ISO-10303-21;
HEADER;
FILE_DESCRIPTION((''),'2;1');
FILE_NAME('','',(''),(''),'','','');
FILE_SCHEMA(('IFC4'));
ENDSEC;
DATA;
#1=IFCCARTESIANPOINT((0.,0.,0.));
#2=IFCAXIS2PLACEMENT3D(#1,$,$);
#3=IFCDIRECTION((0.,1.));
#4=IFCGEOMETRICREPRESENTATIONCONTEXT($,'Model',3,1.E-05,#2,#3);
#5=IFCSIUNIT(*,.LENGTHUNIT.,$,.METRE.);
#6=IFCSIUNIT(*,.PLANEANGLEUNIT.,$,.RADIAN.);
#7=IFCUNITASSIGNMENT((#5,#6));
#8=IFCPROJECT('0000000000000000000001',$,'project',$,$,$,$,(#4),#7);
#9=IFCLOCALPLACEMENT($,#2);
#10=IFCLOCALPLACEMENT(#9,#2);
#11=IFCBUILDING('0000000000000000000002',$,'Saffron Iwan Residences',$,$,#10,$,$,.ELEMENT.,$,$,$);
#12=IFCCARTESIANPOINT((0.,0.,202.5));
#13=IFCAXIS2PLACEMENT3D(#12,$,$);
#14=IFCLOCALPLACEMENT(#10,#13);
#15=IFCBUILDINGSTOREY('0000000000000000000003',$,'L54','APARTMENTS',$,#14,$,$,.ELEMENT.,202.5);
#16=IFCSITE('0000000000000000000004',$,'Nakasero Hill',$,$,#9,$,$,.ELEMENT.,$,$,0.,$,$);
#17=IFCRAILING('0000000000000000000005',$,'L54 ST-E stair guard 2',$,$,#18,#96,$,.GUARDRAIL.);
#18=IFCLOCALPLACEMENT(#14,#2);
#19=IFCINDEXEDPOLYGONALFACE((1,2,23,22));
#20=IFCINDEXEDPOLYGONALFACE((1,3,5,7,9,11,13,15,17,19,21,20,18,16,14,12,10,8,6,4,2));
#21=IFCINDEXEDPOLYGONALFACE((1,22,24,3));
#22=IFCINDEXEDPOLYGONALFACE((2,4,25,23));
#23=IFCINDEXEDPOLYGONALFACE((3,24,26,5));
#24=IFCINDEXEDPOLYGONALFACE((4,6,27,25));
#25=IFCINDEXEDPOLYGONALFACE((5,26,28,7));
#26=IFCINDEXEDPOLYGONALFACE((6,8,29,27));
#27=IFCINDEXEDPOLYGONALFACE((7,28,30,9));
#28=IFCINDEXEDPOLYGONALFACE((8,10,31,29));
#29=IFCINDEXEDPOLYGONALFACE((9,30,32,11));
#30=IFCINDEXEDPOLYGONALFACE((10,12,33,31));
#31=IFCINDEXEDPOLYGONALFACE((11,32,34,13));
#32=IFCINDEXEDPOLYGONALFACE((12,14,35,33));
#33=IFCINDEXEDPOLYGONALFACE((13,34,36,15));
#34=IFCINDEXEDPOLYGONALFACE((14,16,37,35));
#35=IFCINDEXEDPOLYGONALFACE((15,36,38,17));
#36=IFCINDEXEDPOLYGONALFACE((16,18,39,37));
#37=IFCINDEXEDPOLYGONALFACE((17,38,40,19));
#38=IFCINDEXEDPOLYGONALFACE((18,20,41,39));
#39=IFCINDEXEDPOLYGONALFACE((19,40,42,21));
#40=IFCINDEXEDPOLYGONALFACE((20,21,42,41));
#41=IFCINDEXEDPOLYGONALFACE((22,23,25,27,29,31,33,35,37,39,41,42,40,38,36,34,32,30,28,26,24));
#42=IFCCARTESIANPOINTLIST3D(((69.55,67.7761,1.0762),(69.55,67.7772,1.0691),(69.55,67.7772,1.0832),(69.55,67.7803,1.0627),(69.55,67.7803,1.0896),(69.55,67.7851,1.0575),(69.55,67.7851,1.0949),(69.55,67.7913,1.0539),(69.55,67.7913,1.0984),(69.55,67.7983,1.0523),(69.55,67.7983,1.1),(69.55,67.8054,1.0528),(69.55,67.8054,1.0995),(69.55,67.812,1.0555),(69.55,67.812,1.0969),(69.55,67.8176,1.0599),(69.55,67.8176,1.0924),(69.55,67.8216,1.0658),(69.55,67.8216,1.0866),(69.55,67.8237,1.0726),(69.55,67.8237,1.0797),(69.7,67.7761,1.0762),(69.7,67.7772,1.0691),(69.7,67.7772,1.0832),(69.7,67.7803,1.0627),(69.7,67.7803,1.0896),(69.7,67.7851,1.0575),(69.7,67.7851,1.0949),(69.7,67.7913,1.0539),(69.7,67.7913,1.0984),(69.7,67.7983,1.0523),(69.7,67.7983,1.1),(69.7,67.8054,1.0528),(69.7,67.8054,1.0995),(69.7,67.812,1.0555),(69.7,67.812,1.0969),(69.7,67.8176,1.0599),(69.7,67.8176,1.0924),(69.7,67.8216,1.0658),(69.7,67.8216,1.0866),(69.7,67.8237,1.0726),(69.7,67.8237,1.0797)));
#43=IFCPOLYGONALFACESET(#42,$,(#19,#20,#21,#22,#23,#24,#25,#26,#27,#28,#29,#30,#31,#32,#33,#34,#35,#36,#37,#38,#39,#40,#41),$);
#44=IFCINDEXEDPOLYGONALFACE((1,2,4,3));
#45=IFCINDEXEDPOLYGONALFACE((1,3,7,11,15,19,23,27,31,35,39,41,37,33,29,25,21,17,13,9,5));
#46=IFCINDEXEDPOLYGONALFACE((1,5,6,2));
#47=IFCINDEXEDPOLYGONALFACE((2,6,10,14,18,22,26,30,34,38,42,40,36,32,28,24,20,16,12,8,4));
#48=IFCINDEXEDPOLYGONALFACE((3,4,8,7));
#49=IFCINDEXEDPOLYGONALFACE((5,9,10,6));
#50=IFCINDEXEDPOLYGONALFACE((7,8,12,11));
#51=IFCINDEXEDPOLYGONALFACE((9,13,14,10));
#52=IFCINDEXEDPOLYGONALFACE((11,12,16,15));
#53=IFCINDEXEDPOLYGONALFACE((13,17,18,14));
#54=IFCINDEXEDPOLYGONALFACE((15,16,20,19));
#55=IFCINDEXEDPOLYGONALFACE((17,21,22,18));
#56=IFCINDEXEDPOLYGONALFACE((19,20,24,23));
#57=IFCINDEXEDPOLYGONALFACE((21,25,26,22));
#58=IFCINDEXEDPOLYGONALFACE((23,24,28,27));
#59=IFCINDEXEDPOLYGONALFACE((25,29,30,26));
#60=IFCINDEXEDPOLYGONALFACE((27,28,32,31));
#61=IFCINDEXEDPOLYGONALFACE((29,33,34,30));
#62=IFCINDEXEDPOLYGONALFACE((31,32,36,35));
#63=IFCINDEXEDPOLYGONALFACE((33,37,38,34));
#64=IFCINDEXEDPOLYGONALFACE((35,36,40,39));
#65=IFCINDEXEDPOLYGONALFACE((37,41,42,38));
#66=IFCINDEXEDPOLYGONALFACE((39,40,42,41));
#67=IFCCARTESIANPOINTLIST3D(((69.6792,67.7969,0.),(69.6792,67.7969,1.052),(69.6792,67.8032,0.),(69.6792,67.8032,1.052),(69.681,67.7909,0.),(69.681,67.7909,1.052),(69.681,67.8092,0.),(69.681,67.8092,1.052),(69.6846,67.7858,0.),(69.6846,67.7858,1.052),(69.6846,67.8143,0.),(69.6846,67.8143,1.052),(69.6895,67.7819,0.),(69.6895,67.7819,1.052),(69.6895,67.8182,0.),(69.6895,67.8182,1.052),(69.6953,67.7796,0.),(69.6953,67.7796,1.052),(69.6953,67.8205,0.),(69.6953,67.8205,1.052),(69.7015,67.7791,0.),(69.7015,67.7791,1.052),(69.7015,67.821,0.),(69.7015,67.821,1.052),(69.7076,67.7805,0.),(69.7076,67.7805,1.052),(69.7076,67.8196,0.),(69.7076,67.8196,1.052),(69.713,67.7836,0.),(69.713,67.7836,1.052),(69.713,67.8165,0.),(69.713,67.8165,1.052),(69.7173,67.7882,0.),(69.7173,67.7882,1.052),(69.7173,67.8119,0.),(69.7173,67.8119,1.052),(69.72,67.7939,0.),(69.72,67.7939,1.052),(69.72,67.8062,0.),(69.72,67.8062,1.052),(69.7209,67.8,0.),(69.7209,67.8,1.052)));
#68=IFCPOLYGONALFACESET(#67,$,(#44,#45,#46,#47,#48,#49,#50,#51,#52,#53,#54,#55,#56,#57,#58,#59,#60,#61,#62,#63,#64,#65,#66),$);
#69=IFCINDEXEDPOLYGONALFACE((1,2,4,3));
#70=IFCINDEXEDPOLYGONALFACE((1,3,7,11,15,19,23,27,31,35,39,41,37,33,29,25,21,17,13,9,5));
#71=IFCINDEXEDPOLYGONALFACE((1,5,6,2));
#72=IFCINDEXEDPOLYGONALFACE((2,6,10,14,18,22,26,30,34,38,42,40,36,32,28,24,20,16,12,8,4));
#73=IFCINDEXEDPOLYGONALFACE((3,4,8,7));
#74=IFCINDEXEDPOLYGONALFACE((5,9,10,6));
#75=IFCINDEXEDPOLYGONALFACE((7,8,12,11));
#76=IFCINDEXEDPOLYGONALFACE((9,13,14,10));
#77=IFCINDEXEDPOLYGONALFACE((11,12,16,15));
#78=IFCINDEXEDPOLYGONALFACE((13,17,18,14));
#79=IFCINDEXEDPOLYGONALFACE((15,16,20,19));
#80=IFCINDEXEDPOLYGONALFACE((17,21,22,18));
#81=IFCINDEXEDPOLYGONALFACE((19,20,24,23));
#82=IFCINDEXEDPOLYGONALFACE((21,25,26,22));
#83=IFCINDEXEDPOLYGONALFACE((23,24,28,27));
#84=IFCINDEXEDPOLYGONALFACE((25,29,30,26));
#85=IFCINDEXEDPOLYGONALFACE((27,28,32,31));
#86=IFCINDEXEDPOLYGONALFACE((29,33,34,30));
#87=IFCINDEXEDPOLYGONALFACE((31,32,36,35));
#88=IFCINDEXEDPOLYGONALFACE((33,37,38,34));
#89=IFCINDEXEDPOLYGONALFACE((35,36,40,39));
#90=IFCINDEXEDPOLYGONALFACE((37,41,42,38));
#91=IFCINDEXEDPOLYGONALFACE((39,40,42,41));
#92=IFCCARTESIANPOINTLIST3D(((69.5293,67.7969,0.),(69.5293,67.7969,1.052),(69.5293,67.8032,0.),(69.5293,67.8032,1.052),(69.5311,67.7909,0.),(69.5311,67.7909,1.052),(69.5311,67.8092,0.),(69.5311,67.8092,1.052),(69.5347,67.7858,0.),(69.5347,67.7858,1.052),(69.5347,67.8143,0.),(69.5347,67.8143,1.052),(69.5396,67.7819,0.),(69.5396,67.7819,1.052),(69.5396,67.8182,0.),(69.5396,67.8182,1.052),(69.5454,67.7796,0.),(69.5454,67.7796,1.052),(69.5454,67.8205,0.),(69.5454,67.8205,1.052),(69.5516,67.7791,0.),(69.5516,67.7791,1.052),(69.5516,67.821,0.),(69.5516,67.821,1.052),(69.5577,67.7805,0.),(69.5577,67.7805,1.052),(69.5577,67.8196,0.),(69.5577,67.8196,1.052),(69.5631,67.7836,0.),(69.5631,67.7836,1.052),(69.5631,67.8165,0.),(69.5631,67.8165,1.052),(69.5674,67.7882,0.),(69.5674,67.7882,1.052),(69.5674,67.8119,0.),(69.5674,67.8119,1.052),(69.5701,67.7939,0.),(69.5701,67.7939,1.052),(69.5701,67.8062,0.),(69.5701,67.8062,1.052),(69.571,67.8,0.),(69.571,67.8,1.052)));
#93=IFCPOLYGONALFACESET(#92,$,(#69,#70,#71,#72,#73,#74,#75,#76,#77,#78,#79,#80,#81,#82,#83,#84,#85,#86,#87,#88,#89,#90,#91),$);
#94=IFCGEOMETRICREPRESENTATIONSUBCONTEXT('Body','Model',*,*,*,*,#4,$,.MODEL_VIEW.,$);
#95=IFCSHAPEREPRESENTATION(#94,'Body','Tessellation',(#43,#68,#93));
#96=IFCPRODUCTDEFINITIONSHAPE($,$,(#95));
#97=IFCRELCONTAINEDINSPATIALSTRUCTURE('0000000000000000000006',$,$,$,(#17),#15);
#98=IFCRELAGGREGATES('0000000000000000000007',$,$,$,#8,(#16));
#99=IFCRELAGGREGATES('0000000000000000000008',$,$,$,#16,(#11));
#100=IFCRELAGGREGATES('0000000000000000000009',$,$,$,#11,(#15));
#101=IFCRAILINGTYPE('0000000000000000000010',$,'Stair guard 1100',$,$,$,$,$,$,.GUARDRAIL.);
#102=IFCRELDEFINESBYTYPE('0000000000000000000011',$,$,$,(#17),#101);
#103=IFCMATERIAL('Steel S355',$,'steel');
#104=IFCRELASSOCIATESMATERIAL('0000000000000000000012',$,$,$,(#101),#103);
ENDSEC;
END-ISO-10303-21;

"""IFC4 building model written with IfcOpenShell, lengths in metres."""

from ifc_helpers import new_model, si_unit, direction, frame, origin, origin_2d, place, context, subcontext, project, spatial, circle, extrude, material, type_object, element, save


model = new_model("IFC4")

# Units and contexts
model_context = context("Model", 3, precision=1e-05, world=origin(), true_north=direction((0.0, 1.0)))
body_context = subcontext(model_context, "Body", "Model", "MODEL_VIEW")
ifc_project = project(units=[si_unit("LENGTHUNIT", "METRE"), si_unit("PLANEANGLEUNIT", "RADIAN")], contexts=[model_context])

# Site, building, storey
site_placement = place(None, origin())
site = spatial("IfcSite", under=ifc_project, at=site_placement, Name="Nakasero Hill", CompositionType="ELEMENT", RefElevation=0.0)
building_placement = place(site_placement, origin())
building = spatial("IfcBuilding", under=site, at=building_placement, Name="Saffron Iwan Residences", CompositionType="ELEMENT")
storey_placement = place(building_placement, frame((0.0, 0.0, 202.5)))
storey = spatial("IfcBuildingStorey", under=building, at=storey_placement, Name="L54", Description="APARTMENTS", CompositionType="ELEMENT", Elevation=202.5)

# Railing
ifc_material_1 = material(Name="Steel S355", Category="steel")
railing_type_1 = type_object("IfcRailingType", Name="Stair guard 1100", PredefinedType="GUARDRAIL", material=ifc_material_1)
railing_1_placement = place(storey_placement, frame((69.7, 67.8, 0.0)))
element("IfcRailing", 1, at=railing_1_placement, inside=storey, type_object=railing_type_1, Name="L54 ST-E stair guard 2", PredefinedType="GUARDRAIL", context=body_context, shape_type="SweptSolid", body=[
    extrude(circle(Radius=0.0239, at=origin_2d()), frame((0.0, 0.0, 1.0762), z_axis=(-1.0, 0.0, 0.0), x_axis=(0.0, -1.0, 0.0)), (0.0, 0.0, 1.0), 0.1499),
    extrude(circle(Radius=0.021, at=origin_2d()), origin(), (0.0, 0.0, 1.0), 1.052),
    extrude(circle(Radius=0.021, at=origin_2d()), frame((-0.1499, 0.0, 0.0)), (0.0, 0.0, 1.0), 1.052),
])

save(model, "model.ifc")
